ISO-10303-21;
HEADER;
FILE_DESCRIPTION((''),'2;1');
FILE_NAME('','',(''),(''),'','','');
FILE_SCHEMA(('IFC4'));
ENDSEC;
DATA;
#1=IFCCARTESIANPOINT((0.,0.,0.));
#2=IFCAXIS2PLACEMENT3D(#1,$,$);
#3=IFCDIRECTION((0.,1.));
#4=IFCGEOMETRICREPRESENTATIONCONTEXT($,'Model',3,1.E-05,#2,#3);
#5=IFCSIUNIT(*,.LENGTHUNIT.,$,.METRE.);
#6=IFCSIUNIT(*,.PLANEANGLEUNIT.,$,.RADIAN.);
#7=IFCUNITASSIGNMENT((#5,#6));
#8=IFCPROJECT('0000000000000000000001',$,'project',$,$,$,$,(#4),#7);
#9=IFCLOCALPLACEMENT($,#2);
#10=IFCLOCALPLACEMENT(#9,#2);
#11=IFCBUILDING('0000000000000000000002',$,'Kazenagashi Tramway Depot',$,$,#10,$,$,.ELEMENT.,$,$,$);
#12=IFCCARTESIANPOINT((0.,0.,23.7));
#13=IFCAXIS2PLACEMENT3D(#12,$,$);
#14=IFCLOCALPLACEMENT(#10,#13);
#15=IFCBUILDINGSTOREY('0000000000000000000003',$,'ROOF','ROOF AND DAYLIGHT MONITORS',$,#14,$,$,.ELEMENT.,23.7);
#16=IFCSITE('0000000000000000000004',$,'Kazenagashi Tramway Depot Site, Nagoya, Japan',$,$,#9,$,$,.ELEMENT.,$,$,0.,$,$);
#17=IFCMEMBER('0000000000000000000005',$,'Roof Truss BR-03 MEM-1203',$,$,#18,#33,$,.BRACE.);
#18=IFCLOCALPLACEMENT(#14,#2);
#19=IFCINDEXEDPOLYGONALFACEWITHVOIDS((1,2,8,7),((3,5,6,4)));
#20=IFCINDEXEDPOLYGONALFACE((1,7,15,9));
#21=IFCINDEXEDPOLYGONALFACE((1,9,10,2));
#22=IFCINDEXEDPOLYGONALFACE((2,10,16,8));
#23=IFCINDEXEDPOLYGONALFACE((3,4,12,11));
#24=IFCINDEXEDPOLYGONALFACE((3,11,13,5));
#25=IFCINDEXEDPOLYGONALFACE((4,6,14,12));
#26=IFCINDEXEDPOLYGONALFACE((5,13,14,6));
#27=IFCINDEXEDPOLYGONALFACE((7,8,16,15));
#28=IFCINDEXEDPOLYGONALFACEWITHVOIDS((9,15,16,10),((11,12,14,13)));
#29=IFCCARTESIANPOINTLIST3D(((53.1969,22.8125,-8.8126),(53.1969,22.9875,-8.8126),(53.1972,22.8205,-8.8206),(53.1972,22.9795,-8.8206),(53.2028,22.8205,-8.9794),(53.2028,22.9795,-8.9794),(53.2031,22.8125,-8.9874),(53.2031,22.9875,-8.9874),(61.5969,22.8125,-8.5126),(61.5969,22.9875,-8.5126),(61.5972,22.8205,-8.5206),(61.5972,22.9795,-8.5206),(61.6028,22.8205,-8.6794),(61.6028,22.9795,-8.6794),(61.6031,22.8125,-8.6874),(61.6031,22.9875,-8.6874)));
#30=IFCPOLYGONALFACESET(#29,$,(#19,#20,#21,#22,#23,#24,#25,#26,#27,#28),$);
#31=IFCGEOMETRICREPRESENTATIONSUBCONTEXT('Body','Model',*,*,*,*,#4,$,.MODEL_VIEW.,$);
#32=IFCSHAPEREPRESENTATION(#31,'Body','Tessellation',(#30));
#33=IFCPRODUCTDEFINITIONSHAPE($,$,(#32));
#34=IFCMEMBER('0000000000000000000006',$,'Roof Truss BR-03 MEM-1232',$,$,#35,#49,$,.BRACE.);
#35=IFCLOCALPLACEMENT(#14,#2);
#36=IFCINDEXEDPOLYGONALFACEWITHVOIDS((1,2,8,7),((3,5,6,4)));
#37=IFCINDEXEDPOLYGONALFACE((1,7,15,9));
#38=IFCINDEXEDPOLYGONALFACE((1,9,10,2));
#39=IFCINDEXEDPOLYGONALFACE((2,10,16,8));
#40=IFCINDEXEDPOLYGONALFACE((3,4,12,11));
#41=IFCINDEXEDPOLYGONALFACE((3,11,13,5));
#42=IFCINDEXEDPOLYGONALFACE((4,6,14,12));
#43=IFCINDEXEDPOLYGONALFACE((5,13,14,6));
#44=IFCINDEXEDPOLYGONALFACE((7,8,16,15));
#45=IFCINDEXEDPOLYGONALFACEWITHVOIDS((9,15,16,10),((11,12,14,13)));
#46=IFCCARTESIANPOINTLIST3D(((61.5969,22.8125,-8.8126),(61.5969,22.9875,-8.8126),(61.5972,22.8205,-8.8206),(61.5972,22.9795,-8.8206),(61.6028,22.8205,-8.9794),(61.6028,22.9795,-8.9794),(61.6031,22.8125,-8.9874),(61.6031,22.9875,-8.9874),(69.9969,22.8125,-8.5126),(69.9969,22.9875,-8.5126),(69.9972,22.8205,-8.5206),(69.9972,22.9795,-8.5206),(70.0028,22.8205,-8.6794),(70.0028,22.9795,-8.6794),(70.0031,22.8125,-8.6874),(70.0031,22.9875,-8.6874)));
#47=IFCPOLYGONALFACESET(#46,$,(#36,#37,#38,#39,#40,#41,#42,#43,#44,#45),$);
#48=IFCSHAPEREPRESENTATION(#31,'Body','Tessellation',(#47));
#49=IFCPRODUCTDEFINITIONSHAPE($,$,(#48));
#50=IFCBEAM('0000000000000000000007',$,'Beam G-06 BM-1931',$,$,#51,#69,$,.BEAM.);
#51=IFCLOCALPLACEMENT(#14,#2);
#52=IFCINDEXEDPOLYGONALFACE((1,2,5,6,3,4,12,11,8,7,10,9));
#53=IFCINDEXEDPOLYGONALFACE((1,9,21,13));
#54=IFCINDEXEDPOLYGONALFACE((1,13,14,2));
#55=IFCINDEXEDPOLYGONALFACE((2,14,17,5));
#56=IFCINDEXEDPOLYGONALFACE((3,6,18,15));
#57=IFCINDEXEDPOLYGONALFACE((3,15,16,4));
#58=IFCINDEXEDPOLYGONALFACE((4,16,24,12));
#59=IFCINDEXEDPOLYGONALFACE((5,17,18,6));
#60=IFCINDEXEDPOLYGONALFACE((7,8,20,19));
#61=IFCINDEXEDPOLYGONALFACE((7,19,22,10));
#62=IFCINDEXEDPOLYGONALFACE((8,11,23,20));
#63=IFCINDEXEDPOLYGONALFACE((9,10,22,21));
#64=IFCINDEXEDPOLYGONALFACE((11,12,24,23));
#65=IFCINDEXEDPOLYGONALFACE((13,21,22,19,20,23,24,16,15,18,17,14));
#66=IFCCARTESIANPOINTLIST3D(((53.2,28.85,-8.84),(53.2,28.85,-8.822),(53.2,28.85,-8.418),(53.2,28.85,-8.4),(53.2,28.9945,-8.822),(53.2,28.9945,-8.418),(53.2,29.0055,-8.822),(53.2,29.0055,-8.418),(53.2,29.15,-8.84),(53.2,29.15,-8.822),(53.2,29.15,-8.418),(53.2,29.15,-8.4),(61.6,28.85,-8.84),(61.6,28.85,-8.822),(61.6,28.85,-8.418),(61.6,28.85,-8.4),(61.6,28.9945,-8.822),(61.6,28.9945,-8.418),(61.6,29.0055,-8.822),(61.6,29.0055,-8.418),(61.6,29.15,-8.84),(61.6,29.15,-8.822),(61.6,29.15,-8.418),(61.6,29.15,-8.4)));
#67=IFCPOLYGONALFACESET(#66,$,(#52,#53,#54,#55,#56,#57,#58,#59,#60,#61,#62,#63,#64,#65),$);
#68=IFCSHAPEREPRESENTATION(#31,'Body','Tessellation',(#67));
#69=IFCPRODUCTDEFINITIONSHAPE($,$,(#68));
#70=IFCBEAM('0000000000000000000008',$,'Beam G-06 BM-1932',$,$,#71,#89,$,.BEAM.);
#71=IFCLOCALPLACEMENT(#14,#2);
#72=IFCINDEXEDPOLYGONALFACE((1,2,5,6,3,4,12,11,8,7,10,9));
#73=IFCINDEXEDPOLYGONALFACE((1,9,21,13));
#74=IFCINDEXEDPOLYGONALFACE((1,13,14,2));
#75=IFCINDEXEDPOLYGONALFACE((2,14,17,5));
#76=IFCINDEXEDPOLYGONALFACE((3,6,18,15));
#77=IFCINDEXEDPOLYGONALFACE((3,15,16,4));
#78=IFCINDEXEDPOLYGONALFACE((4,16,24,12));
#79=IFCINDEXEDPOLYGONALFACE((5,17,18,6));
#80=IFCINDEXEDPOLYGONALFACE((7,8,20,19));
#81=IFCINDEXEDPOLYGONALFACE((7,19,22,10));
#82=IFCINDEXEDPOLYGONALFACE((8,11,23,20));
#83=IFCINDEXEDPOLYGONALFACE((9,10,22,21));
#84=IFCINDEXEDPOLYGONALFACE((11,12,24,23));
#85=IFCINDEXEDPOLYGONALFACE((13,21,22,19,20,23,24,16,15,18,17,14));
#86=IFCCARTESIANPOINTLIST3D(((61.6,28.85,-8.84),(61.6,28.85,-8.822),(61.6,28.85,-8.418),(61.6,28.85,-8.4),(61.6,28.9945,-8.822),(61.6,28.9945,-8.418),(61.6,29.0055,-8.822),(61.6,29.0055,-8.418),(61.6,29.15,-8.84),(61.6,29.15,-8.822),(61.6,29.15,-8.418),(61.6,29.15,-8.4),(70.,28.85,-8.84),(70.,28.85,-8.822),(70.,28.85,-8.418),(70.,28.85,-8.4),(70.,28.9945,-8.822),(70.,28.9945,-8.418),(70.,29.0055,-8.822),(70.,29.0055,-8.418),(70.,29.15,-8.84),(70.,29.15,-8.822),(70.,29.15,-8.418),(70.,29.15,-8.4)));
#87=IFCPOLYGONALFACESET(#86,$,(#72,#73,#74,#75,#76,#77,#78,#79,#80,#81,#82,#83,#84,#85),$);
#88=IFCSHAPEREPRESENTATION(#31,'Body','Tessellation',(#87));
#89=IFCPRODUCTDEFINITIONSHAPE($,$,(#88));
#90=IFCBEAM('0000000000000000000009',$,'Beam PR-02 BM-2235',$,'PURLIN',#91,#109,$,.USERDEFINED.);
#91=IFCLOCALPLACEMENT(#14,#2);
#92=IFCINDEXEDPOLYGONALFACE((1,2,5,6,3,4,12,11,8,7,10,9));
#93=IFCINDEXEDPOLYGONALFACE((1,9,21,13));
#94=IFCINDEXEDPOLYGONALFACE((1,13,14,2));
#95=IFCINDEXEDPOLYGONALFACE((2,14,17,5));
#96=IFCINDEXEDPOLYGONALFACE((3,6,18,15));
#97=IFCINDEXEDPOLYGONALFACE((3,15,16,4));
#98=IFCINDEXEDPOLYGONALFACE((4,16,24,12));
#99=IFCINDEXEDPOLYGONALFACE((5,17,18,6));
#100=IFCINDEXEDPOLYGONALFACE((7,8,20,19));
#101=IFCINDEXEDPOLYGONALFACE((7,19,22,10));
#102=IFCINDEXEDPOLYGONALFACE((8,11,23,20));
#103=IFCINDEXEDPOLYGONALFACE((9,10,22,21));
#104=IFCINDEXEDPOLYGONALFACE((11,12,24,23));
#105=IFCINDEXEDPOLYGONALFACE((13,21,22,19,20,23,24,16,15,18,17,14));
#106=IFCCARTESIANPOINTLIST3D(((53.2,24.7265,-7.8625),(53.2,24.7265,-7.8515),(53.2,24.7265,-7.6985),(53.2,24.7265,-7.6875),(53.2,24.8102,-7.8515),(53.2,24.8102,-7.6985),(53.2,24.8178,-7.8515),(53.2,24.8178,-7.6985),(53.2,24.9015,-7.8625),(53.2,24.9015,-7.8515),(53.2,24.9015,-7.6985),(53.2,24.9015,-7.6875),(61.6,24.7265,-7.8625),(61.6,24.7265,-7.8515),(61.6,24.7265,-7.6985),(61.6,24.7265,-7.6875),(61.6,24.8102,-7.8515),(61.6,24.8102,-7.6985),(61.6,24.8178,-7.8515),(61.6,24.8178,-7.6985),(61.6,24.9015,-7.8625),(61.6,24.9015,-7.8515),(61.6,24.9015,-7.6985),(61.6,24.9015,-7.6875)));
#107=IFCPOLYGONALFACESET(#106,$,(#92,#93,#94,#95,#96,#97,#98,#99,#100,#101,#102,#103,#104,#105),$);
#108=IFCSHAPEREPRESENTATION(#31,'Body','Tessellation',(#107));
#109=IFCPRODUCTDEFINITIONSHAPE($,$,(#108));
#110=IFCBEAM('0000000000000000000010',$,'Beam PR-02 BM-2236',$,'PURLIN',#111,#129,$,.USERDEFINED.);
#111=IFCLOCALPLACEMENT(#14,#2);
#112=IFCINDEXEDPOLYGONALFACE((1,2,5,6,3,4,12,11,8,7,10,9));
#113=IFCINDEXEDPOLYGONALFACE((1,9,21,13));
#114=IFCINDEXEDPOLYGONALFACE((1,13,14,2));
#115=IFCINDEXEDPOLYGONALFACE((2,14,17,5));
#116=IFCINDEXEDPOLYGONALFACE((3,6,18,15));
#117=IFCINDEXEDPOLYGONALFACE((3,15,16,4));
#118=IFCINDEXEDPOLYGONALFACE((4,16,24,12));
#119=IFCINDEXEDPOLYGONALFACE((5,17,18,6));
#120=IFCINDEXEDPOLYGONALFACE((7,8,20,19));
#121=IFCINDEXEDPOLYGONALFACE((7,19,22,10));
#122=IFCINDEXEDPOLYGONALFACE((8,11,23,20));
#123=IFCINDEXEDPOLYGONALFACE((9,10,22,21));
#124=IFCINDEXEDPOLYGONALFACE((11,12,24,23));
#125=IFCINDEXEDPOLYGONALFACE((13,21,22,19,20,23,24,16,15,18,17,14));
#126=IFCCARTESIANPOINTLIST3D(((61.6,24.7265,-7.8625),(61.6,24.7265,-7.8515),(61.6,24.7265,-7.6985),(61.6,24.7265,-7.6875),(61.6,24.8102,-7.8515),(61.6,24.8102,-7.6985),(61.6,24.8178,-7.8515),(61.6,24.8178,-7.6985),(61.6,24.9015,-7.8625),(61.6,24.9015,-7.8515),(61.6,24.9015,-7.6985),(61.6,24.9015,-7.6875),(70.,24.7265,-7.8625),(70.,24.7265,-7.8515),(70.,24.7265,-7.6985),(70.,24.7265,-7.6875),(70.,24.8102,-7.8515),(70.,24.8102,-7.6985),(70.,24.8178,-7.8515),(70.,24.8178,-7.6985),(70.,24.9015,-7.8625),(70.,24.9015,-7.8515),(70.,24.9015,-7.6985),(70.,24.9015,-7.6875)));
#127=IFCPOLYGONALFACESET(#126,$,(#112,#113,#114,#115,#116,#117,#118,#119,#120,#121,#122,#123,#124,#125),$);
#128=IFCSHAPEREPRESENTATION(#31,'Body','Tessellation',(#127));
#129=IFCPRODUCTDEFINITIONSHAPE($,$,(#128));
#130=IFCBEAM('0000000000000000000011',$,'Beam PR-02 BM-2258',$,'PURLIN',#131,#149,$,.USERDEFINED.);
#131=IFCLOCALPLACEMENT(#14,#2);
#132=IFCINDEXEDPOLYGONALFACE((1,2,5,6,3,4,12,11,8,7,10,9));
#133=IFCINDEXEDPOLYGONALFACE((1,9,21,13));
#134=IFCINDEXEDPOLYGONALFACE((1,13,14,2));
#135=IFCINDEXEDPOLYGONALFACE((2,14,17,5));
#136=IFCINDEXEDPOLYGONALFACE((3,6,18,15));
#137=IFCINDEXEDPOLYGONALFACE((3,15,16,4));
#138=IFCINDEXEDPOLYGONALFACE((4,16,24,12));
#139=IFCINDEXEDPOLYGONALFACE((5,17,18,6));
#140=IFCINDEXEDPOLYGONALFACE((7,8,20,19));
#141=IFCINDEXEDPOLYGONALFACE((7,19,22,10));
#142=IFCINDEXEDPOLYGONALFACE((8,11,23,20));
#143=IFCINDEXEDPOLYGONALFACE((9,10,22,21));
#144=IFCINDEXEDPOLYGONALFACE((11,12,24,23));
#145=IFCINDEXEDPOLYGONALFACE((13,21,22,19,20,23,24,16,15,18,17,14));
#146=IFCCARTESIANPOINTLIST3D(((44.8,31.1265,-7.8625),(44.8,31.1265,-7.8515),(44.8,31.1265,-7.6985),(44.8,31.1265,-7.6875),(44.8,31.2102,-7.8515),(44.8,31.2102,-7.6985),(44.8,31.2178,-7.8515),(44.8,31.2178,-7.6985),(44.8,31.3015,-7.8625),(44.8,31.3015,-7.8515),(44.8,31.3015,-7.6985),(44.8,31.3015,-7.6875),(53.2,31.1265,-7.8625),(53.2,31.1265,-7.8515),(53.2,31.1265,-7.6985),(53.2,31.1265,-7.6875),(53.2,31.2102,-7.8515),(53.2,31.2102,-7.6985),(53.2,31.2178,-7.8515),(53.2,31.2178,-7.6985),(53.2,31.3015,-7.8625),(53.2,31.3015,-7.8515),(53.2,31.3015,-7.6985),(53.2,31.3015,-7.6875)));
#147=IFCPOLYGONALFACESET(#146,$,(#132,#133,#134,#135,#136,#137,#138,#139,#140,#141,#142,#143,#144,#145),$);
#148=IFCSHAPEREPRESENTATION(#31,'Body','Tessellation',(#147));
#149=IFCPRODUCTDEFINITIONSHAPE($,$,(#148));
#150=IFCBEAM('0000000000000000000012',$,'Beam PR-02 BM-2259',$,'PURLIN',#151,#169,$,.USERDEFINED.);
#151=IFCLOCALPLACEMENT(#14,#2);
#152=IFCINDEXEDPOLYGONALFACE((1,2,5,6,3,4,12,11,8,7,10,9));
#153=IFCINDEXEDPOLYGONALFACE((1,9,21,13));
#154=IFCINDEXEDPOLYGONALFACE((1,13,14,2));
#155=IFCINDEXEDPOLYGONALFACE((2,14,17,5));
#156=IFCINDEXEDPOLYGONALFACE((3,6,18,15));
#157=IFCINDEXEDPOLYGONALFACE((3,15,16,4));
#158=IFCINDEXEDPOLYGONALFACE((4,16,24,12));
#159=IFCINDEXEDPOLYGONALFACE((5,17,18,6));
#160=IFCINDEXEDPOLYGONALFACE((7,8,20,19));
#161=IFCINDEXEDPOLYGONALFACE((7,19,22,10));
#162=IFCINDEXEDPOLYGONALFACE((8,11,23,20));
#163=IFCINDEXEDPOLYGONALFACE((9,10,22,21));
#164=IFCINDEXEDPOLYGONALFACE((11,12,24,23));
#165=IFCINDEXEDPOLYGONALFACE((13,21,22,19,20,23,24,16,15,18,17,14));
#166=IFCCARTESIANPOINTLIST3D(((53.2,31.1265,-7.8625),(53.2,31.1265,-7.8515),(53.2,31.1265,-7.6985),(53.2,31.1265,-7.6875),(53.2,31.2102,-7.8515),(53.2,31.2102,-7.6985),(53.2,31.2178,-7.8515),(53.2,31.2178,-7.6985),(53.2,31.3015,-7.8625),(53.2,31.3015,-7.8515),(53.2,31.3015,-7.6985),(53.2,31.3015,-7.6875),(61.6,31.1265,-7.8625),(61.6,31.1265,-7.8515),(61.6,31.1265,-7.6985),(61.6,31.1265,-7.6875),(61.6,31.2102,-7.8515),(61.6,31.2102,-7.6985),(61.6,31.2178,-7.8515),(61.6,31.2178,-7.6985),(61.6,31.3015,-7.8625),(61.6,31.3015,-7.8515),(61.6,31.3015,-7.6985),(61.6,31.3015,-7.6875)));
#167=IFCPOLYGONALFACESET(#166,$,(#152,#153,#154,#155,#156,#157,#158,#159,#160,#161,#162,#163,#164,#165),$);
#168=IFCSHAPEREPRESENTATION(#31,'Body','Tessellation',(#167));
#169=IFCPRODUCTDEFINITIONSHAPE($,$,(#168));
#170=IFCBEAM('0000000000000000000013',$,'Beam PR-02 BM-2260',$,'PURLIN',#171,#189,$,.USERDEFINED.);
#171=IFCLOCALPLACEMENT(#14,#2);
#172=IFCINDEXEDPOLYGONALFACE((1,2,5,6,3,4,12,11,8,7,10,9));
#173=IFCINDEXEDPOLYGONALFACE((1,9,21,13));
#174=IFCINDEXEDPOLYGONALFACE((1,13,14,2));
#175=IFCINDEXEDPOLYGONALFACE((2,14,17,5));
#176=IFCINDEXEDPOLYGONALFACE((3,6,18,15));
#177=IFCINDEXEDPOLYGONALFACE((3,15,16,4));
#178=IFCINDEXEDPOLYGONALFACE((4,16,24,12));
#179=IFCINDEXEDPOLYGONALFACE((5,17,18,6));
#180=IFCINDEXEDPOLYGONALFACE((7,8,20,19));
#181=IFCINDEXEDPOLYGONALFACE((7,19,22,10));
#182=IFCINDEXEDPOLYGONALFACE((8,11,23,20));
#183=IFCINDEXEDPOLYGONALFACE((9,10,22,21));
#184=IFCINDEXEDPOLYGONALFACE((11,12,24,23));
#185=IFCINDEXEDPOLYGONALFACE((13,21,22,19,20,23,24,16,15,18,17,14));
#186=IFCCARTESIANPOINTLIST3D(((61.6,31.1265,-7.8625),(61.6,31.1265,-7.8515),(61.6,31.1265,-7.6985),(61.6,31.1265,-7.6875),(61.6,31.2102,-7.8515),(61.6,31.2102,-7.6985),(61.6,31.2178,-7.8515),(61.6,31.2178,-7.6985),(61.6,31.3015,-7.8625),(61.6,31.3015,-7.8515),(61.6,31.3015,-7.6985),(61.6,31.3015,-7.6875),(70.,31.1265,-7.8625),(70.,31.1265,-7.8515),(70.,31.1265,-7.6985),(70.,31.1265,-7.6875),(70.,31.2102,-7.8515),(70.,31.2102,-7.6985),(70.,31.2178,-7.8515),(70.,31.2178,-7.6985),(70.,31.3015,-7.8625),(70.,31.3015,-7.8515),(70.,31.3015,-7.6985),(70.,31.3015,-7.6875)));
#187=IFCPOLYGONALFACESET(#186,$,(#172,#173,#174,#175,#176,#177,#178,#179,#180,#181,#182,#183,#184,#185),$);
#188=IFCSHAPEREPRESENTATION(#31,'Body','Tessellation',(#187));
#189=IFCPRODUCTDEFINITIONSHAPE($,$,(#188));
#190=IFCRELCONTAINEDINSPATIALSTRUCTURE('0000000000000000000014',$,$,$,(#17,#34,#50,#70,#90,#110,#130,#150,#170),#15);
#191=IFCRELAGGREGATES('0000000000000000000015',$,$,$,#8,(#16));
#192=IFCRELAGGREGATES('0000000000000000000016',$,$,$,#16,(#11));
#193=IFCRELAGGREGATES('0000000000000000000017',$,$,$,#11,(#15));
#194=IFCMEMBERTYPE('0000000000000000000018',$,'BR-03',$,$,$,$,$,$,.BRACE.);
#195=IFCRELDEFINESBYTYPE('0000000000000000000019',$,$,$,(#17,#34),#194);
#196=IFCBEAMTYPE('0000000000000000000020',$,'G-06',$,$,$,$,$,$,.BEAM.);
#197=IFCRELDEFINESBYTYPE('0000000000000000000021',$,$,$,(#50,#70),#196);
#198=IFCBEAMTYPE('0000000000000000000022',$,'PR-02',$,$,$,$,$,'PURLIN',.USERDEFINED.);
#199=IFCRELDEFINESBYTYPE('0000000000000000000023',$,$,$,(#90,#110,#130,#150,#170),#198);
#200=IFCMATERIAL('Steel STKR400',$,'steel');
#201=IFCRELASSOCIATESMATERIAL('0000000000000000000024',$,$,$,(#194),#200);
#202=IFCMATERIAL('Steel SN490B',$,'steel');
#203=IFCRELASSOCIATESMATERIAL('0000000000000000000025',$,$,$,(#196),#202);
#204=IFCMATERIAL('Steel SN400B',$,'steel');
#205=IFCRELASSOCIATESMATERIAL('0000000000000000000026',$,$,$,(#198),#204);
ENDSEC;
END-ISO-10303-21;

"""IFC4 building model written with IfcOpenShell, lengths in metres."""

from ifc_helpers import new_model, si_unit, direction, frame, origin, origin_2d, place, context, subcontext, project, spatial, hollow_rectangle, i_section, extrude, material, material_profile, profile_set, type_object, element, save


model = new_model("IFC4")

# Units and contexts
model_context = context("Model", 3, precision=1e-05, world=origin(), true_north=direction((0.0, 1.0)))
body_context = subcontext(model_context, "Body", "Model", "MODEL_VIEW")
ifc_project = project(units=[si_unit("LENGTHUNIT", "METRE"), si_unit("PLANEANGLEUNIT", "RADIAN")], contexts=[model_context])

# Site, building, storey
site_placement = place(None, origin())
site = spatial("IfcSite", under=ifc_project, at=site_placement, Name="Kazenagashi Tramway Depot Site, Nagoya, Japan", CompositionType="ELEMENT", RefElevation=0.0)
building_placement = place(site_placement, origin())
building = spatial("IfcBuilding", under=site, at=building_placement, Name="Kazenagashi Tramway Depot", CompositionType="ELEMENT")
storey_placement = place(building_placement, frame((0.0, 0.0, 23.7)))
storey = spatial("IfcBuildingStorey", under=building, at=storey_placement, Name="ROOF", Description="ROOF AND DAYLIGHT MONITORS", CompositionType="ELEMENT", Elevation=23.7)

# Members
ifc_material_1 = material(Name="Steel STKR400", Category="steel")
ifc_material_profile_1 = material_profile(ifc_material_1, hollow_rectangle(XDim=0.175, YDim=0.175, WallThickness=0.008, at=origin_2d()), Name="SHS-175x175x8")
ifc_profile_set_1 = profile_set([ifc_material_profile_1], Name="Steel STKR400")
member_type_1 = type_object("IfcMemberType", Name="BR-03", PredefinedType="BRACE", material=ifc_profile_set_1)
for number, where, z_axis, x_axis, name in (
    (1, (53.2, 22.9, -8.9), (0.999363, 0.0, 0.035692), (0.0, 1.0, 0.0), "Roof Truss BR-03 MEM-1203"),
    (2, (61.6, 22.9, -8.9), (0.999363, 0.0, 0.035692), (0.0, 1.0, 0.0), "Roof Truss BR-03 MEM-1232"),
):
    element("IfcMember", number, at=place(storey_placement, frame(where, z_axis=z_axis, x_axis=x_axis)), inside=storey, type_object=member_type_1, Name=name, PredefinedType="BRACE", context=body_context, shape_type="SweptSolid", body=[
        extrude(hollow_rectangle(XDim=0.175, YDim=0.175, WallThickness=0.008, at=origin_2d()), origin(), (0.0, 0.0, 1.0), 8.4054),
    ])

# Beams
ifc_material_2 = material(Name="Steel SN490B", Category="steel")
ifc_material_profile_2 = material_profile(ifc_material_2, i_section(OverallWidth=0.3, OverallDepth=0.44, WebThickness=0.011, FlangeThickness=0.018, at=origin_2d()), Name="H-440x300x11x18")
ifc_profile_set_2 = profile_set([ifc_material_profile_2], Name="Steel SN490B")
beam_type_1 = type_object("IfcBeamType", Name="G-06", PredefinedType="BEAM", material=ifc_profile_set_2)
for number, where, z_axis, x_axis, name in (
    (3, (53.2, 29.0, -8.62), (1.0, 0.0, 0.0), (0.0, 1.0, 0.0), "Beam G-06 BM-1931"),
    (4, (61.6, 29.0, -8.62), (1.0, 0.0, 0.0), (0.0, 1.0, 0.0), "Beam G-06 BM-1932"),
):
    element("IfcBeam", number, at=place(storey_placement, frame(where, z_axis=z_axis, x_axis=x_axis)), inside=storey, type_object=beam_type_1, Name=name, PredefinedType="BEAM", context=body_context, shape_type="SweptSolid", body=[
        extrude(i_section(OverallWidth=0.3, OverallDepth=0.44, WebThickness=0.011, FlangeThickness=0.018, at=origin_2d()), origin(), (0.0, 0.0, 1.0), 8.4),
    ])
ifc_material_3 = material(Name="Steel SN400B", Category="steel")
ifc_material_profile_3 = material_profile(ifc_material_3, i_section(OverallWidth=0.175, OverallDepth=0.175, WebThickness=0.0075, FlangeThickness=0.011, at=origin_2d()), Name="H-175x175x7.5x11")
ifc_profile_set_3 = profile_set([ifc_material_profile_3], Name="Steel SN400B")
beam_type_2 = type_object("IfcBeamType", Name="PR-02", ElementType="PURLIN", PredefinedType="USERDEFINED", material=ifc_profile_set_3)
for number, where, z_axis, x_axis, name in (
    (5, (53.2, 24.814, -7.775), (1.0, 0.0, 0.0), (0.0, 1.0, 0.0), "Beam PR-02 BM-2235"),
    (6, (61.6, 24.814, -7.775), (1.0, 0.0, 0.0), (0.0, 1.0, 0.0), "Beam PR-02 BM-2236"),
    (7, (44.8, 31.214, -7.775), (1.0, 0.0, 0.0), (0.0, 1.0, 0.0), "Beam PR-02 BM-2258"),
    (8, (53.2, 31.214, -7.775), (1.0, 0.0, 0.0), (0.0, 1.0, 0.0), "Beam PR-02 BM-2259"),
    (9, (61.6, 31.214, -7.775), (1.0, 0.0, 0.0), (0.0, 1.0, 0.0), "Beam PR-02 BM-2260"),
):
    element("IfcBeam", number, at=place(storey_placement, frame(where, z_axis=z_axis, x_axis=x_axis)), inside=storey, type_object=beam_type_2, Name=name, ObjectType="PURLIN", PredefinedType="USERDEFINED", context=body_context, shape_type="SweptSolid", body=[
        extrude(i_section(OverallWidth=0.175, OverallDepth=0.175, WebThickness=0.0075, FlangeThickness=0.011, at=origin_2d()), origin(), (0.0, 0.0, 1.0), 8.4),
    ])

save(model, "model.ifc")
